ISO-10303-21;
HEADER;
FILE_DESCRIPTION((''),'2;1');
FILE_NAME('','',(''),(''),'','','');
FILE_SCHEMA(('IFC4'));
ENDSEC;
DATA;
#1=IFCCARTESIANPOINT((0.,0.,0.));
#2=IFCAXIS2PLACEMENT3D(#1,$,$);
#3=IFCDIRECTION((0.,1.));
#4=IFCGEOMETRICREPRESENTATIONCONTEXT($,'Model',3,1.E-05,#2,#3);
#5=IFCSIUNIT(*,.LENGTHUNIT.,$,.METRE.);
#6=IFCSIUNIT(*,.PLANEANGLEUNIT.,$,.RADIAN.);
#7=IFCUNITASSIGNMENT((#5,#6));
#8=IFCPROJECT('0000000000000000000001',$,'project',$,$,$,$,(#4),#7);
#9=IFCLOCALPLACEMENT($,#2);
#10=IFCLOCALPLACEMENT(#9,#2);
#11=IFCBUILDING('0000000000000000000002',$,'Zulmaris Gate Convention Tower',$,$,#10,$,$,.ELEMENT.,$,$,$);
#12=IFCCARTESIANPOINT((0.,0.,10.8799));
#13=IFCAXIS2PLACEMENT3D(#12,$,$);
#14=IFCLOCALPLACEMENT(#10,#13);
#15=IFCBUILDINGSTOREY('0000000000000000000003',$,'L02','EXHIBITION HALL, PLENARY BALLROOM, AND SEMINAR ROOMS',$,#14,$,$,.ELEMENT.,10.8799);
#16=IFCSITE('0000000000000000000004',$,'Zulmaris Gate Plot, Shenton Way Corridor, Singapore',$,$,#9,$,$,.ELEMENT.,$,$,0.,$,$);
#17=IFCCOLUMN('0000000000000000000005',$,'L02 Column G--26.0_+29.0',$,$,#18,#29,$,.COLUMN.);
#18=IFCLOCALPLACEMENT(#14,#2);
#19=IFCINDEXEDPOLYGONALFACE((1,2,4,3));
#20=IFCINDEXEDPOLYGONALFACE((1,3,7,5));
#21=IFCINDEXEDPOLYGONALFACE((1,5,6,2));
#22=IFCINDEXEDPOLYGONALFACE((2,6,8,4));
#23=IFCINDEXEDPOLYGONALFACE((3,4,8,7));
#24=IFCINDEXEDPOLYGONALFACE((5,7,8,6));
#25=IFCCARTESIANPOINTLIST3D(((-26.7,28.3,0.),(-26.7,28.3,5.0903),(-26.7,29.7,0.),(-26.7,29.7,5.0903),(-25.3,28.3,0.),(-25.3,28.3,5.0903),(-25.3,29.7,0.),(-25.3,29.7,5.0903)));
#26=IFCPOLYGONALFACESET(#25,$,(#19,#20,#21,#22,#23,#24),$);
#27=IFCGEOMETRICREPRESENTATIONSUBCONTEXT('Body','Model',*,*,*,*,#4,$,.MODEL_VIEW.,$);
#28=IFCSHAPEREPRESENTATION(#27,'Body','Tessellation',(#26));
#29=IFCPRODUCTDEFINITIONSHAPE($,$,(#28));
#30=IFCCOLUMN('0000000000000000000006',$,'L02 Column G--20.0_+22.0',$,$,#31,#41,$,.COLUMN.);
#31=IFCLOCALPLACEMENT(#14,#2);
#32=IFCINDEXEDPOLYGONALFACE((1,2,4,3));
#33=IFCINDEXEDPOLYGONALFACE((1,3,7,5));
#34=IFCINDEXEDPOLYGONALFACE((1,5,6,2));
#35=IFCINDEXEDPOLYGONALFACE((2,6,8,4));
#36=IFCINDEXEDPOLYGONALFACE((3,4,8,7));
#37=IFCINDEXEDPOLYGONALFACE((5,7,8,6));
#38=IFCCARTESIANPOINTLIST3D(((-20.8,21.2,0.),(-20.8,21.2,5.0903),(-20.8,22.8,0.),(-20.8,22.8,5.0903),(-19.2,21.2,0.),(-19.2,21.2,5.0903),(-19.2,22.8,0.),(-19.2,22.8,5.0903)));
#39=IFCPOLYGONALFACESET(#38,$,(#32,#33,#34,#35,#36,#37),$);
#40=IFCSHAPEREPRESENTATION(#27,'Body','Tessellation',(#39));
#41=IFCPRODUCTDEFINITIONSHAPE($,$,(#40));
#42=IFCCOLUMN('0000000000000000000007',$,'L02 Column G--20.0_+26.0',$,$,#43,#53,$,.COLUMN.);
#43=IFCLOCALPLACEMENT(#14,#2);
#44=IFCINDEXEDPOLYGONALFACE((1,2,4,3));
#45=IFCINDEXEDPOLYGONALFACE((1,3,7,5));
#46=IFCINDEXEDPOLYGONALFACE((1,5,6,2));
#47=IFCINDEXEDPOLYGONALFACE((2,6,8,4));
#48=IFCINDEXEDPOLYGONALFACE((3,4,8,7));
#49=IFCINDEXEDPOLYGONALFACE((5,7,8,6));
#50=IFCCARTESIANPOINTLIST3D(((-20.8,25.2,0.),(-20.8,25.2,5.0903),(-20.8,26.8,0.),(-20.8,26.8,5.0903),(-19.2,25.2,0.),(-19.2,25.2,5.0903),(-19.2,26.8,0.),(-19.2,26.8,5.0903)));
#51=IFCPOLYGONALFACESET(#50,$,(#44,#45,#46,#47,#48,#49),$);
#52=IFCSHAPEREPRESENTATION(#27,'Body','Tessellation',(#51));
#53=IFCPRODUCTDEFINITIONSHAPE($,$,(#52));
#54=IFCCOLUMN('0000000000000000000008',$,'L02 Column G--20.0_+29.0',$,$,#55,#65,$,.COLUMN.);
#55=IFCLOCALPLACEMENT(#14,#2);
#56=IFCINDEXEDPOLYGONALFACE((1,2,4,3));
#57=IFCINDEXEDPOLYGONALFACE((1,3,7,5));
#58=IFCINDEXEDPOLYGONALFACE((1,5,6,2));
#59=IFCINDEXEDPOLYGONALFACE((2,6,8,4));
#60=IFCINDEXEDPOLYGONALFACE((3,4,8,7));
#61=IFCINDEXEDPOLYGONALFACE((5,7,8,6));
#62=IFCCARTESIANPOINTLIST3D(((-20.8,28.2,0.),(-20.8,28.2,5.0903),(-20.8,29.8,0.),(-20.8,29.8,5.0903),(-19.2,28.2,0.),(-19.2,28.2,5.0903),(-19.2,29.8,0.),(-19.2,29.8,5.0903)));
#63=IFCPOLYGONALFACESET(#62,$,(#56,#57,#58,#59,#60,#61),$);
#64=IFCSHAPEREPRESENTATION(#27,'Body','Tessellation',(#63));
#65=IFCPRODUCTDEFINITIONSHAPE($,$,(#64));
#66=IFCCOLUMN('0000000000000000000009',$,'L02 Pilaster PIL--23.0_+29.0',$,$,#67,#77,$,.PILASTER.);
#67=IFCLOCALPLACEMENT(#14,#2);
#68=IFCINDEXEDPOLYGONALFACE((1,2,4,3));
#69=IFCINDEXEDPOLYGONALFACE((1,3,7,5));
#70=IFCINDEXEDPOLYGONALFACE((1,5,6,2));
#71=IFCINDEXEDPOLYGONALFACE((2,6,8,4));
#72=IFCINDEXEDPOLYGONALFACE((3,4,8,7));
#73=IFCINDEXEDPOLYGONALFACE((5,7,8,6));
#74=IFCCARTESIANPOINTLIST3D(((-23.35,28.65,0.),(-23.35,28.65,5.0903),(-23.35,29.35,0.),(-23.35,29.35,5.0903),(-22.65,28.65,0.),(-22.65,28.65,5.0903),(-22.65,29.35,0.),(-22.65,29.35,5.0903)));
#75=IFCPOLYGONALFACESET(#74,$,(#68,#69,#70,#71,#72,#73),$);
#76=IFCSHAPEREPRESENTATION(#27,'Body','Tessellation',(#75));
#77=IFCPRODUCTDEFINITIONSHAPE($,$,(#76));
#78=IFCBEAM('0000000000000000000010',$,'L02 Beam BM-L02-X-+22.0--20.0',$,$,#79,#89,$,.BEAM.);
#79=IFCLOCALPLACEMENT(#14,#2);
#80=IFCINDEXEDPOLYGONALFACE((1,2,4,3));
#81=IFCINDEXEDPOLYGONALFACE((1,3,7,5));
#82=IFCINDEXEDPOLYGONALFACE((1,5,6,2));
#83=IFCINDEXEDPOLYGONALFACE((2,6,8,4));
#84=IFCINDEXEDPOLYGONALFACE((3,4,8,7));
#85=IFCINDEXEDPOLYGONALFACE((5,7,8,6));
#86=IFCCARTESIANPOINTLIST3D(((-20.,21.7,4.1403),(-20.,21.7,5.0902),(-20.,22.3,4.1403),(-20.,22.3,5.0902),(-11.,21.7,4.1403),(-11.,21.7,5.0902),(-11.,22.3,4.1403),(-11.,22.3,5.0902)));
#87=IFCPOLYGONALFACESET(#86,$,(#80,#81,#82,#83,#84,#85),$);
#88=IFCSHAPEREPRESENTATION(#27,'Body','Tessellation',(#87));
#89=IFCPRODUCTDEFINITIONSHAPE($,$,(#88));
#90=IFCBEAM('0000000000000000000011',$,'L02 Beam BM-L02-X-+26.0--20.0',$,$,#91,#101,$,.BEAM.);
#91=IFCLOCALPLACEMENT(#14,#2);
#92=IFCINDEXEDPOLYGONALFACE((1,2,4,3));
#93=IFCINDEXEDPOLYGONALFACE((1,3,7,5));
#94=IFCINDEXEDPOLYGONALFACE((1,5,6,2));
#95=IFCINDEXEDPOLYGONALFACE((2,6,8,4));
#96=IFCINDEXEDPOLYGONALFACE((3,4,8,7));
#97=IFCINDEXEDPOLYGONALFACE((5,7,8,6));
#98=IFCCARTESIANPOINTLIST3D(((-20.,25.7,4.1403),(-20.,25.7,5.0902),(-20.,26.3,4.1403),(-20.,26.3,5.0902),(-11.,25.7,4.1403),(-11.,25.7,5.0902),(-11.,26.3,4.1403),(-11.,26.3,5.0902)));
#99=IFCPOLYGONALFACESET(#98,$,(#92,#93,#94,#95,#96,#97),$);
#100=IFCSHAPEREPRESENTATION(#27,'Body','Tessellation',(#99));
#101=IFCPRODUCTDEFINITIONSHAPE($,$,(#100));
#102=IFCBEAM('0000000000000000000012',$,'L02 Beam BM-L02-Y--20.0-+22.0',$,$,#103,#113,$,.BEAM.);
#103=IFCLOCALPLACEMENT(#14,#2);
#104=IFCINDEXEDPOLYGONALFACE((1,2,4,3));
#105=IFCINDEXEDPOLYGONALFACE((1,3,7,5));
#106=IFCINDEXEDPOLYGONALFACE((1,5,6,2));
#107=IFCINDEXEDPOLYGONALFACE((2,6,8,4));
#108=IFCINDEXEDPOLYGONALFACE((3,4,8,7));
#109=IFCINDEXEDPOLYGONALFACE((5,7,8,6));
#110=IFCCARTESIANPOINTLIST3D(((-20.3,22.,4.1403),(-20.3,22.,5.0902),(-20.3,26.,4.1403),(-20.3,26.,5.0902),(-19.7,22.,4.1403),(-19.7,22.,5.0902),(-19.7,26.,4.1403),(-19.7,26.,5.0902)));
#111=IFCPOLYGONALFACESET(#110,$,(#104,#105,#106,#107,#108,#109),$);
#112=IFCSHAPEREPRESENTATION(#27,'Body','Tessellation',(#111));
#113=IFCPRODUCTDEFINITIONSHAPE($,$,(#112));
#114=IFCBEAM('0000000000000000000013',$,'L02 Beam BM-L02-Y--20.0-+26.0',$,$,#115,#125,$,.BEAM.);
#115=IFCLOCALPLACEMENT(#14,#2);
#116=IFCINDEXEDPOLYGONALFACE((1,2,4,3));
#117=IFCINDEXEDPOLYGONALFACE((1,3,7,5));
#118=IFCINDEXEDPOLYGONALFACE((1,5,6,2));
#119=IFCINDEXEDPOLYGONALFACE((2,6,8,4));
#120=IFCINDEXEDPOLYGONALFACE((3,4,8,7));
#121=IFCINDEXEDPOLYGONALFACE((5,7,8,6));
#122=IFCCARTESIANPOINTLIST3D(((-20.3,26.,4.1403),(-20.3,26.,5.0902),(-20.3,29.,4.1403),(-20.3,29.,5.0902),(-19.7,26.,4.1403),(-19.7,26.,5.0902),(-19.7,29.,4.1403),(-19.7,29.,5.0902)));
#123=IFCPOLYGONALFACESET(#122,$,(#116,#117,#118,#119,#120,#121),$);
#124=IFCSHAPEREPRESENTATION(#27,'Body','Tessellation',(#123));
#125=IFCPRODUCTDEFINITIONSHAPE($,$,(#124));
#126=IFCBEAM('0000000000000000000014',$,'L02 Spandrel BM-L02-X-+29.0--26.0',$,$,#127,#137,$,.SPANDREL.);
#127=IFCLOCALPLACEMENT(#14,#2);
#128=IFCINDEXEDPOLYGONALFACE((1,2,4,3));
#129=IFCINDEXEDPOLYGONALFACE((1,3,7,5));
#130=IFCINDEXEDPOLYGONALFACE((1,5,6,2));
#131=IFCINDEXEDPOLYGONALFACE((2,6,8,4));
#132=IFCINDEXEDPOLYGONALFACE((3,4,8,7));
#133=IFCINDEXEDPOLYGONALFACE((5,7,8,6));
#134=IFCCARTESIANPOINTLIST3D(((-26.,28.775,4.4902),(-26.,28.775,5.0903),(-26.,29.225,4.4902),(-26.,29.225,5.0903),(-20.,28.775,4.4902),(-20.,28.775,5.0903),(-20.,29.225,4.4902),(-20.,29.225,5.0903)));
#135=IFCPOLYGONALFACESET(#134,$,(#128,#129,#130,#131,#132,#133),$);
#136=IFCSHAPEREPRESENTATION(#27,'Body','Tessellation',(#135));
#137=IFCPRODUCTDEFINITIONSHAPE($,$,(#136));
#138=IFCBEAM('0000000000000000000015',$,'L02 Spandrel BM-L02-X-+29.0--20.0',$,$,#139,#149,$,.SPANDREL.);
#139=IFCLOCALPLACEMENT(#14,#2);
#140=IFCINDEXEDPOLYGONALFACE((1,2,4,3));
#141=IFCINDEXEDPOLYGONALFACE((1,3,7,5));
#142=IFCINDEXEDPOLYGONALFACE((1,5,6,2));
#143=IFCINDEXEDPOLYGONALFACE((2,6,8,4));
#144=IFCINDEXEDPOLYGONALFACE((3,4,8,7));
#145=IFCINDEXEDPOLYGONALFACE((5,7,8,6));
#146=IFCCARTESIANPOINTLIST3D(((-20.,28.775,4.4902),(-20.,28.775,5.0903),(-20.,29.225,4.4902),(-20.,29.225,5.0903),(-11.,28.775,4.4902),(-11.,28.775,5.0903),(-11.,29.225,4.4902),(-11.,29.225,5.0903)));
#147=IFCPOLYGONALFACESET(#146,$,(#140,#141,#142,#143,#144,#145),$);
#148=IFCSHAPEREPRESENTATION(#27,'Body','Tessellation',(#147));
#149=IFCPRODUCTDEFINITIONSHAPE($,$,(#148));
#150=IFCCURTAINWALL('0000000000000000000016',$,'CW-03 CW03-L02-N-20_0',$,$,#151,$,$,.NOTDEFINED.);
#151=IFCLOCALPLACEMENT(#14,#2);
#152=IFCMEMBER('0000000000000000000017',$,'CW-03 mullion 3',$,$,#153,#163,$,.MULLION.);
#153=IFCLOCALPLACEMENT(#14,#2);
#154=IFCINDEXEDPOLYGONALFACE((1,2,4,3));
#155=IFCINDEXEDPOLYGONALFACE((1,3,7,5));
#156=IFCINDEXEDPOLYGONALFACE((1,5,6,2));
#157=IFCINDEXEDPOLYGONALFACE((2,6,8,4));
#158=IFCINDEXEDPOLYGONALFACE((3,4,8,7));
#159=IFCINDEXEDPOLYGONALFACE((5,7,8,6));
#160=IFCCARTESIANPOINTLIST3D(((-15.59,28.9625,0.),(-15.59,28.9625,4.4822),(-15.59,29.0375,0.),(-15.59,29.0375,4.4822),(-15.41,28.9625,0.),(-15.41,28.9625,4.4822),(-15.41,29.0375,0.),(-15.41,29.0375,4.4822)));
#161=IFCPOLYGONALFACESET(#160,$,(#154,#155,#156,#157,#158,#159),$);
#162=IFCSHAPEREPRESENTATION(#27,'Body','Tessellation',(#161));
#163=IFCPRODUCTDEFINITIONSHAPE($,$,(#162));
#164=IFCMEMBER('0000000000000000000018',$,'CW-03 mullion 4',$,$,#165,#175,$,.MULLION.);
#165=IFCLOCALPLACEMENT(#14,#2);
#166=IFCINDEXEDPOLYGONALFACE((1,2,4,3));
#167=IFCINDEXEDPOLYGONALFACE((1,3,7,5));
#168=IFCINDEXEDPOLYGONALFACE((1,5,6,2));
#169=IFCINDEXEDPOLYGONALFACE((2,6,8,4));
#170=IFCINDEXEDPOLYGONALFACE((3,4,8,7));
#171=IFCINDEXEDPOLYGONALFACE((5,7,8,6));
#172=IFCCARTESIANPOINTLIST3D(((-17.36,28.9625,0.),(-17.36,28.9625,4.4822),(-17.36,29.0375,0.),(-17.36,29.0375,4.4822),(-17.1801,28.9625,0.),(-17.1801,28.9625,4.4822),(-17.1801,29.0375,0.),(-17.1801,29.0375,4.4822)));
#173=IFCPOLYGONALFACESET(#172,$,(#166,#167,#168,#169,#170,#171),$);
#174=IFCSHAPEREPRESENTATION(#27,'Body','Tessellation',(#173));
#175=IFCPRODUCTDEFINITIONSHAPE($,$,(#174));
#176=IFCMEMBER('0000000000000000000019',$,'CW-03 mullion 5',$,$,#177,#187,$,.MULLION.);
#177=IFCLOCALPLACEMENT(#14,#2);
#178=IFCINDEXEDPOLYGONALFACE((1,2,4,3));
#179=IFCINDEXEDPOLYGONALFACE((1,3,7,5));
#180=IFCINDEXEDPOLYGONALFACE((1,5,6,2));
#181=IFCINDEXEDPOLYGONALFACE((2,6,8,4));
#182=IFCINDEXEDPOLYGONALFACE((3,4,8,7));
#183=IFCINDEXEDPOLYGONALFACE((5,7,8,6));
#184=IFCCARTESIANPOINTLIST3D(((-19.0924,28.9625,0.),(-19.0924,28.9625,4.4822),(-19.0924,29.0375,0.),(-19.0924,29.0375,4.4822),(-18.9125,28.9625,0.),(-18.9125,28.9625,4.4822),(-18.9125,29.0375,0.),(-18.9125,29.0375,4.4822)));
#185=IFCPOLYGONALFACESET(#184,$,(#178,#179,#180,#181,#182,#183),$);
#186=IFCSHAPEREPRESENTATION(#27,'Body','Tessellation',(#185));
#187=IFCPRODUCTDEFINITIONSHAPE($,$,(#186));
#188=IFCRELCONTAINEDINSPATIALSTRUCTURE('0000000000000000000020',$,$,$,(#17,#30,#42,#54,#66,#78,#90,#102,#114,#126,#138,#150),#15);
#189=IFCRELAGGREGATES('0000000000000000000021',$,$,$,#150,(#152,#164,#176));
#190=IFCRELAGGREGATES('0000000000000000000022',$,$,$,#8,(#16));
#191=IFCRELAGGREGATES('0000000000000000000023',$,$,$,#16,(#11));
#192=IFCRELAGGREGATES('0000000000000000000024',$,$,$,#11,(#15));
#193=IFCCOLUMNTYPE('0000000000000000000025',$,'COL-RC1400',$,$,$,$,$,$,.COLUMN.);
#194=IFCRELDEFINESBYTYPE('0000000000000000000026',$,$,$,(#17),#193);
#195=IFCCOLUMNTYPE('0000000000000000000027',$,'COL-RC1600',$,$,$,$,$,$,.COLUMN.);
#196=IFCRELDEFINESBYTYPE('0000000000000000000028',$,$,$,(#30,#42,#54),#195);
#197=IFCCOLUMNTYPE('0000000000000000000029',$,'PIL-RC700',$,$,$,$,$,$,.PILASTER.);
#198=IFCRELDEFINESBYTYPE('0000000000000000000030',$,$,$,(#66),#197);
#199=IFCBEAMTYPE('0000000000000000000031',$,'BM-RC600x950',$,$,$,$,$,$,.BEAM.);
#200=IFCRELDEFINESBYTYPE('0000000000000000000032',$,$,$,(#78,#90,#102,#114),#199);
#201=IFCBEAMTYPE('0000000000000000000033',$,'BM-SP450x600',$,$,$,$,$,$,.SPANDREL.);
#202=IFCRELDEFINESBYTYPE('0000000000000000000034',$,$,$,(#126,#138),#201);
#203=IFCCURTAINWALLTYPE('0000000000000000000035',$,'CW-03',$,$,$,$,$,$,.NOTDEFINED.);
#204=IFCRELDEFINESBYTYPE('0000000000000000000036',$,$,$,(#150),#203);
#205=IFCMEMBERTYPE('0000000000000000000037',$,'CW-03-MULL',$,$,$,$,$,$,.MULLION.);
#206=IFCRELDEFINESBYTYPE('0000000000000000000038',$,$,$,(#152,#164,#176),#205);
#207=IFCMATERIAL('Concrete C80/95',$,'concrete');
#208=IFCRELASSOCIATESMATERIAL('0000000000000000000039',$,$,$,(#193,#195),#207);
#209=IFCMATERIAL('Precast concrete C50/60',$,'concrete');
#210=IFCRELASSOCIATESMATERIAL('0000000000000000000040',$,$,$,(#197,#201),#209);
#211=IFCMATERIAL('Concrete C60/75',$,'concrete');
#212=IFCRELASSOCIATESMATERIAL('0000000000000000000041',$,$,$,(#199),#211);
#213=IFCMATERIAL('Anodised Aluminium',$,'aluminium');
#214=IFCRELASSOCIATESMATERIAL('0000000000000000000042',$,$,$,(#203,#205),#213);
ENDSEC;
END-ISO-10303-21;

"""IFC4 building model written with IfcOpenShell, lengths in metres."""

from ifc_helpers import new_model, si_unit, direction, frame, origin, origin_2d, place, context, subcontext, project, spatial, rectangle, extrude, material, material_profile, profile_set, type_object, element, aggregate, save


model = new_model("IFC4")

# Units and contexts
model_context = context("Model", 3, precision=1e-05, world=origin(), true_north=direction((0.0, 1.0)))
body_context = subcontext(model_context, "Body", "Model", "MODEL_VIEW")
ifc_project = project(units=[si_unit("LENGTHUNIT", "METRE"), si_unit("PLANEANGLEUNIT", "RADIAN")], contexts=[model_context])

# Site, building, storey
site_placement = place(None, origin())
site = spatial("IfcSite", under=ifc_project, at=site_placement, Name="Zulmaris Gate Plot, Shenton Way Corridor, Singapore", CompositionType="ELEMENT", RefElevation=0.0)
building_placement = place(site_placement, origin())
building = spatial("IfcBuilding", under=site, at=building_placement, Name="Zulmaris Gate Convention Tower", CompositionType="ELEMENT")
storey_placement = place(building_placement, frame((0.0, 0.0, 10.8799)))
storey = spatial("IfcBuildingStorey", under=building, at=storey_placement, Name="L02", Description="EXHIBITION HALL, PLENARY BALLROOM, AND SEMINAR ROOMS", CompositionType="ELEMENT", Elevation=10.8799)

# Columns
ifc_material_1 = material(Name="Concrete C80/95", Category="concrete")
ifc_material_profile_1 = material_profile(ifc_material_1, rectangle(XDim=1.3999, YDim=1.3999, at=origin_2d()), Name="RC COL 1400x1400")
ifc_profile_set_1 = profile_set([ifc_material_profile_1], Name="Concrete C80/95")
column_type_1 = type_object("IfcColumnType", Name="COL-RC1400", PredefinedType="COLUMN", material=ifc_profile_set_1)
column_1_placement = place(storey_placement, frame((-26.0, 29.0, 0.0), z_axis=(0.0, 0.0, 1.0), x_axis=(1.0, 0.0, 0.0)))
element("IfcColumn", 1, at=column_1_placement, inside=storey, type_object=column_type_1, Name="L02 Column G--26.0_+29.0", PredefinedType="COLUMN", context=body_context, shape_type="SweptSolid", body=[
    extrude(rectangle(XDim=1.3999, YDim=1.3999, at=origin_2d()), origin(), (0.0, 0.0, 1.0), 5.0903),
])
ifc_material_profile_2 = material_profile(ifc_material_1, rectangle(XDim=1.6001, YDim=1.6001, at=origin_2d()), Name="RC COL 1600x1600")
ifc_profile_set_2 = profile_set([ifc_material_profile_2], Name="Concrete C80/95")
column_type_2 = type_object("IfcColumnType", Name="COL-RC1600", PredefinedType="COLUMN", material=ifc_profile_set_2)
for number, where, z_axis, x_axis, name in (
    (2, (-20.0, 22.0, 0.0), (0.0, 0.0, 1.0), (1.0, 0.0, 0.0), "L02 Column G--20.0_+22.0"),
    (3, (-20.0, 26.0, 0.0), (0.0, 0.0, 1.0), (1.0, 0.0, 0.0), "L02 Column G--20.0_+26.0"),
    (4, (-20.0, 29.0, 0.0), (0.0, 0.0, 1.0), (1.0, 0.0, 0.0), "L02 Column G--20.0_+29.0"),
):
    element("IfcColumn", number, at=place(storey_placement, frame(where, z_axis=z_axis, x_axis=x_axis)), inside=storey, type_object=column_type_2, Name=name, PredefinedType="COLUMN", context=body_context, shape_type="SweptSolid", body=[
        extrude(rectangle(XDim=1.6001, YDim=1.6001, at=origin_2d()), origin(), (0.0, 0.0, 1.0), 5.0903),
    ])
ifc_material_2 = material(Name="Precast concrete C50/60", Category="concrete")
ifc_material_profile_3 = material_profile(ifc_material_2, rectangle(XDim=0.7, YDim=0.7, at=origin_2d()), Name="RC COL 700x700")
ifc_profile_set_3 = profile_set([ifc_material_profile_3], Name="Precast concrete C50/60")
column_type_3 = type_object("IfcColumnType", Name="PIL-RC700", PredefinedType="PILASTER", material=ifc_profile_set_3)
column_2_placement = place(storey_placement, frame((-23.0, 29.0, 0.0), z_axis=(0.0, 0.0, 1.0), x_axis=(1.0, 0.0, 0.0)))
element("IfcColumn", 5, at=column_2_placement, inside=storey, type_object=column_type_3, Name="L02 Pilaster PIL--23.0_+29.0", PredefinedType="PILASTER", context=body_context, shape_type="SweptSolid", body=[
    extrude(rectangle(XDim=0.7, YDim=0.7, at=origin_2d()), origin(), (0.0, 0.0, 1.0), 5.0903),
])

# Beams
ifc_material_3 = material(Name="Concrete C60/75", Category="concrete")
ifc_material_profile_4 = material_profile(ifc_material_3, rectangle(XDim=0.6001, YDim=0.95, at=origin_2d()), Name="RC BEAM 600x950")
ifc_profile_set_4 = profile_set([ifc_material_profile_4], Name="Concrete C60/75")
beam_type_1 = type_object("IfcBeamType", Name="BM-RC600x950", PredefinedType="BEAM", material=ifc_profile_set_4)
for number, where, z_axis, x_axis, name in (
    (6, (-20.0, 22.0, 4.6152), (1.0, 0.0, 0.0), (0.0, 1.0, 0.0), "L02 Beam BM-L02-X-+22.0--20.0"),
    (7, (-20.0, 26.0, 4.6152), (1.0, 0.0, 0.0), (0.0, 1.0, 0.0), "L02 Beam BM-L02-X-+26.0--20.0"),
):
    element("IfcBeam", number, at=place(storey_placement, frame(where, z_axis=z_axis, x_axis=x_axis)), inside=storey, type_object=beam_type_1, Name=name, PredefinedType="BEAM", context=body_context, shape_type="SweptSolid", body=[
        extrude(rectangle(XDim=0.6001, YDim=0.95, at=origin_2d()), origin(), (0.0, 0.0, 1.0), 9.0),
    ])
beam_1_placement = place(storey_placement, frame((-20.0, 22.0, 4.6152), z_axis=(0.0, 1.0, 0.0), x_axis=(-1.0, 0.0, 0.0)))
element("IfcBeam", 8, at=beam_1_placement, inside=storey, type_object=beam_type_1, Name="L02 Beam BM-L02-Y--20.0-+22.0", PredefinedType="BEAM", context=body_context, shape_type="SweptSolid", body=[
    extrude(rectangle(XDim=0.6001, YDim=0.95, at=origin_2d()), origin(), (0.0, 0.0, 1.0), 4.0),
])
beam_2_placement = place(storey_placement, frame((-20.0, 26.0, 4.6152), z_axis=(0.0, 1.0, 0.0), x_axis=(-1.0, 0.0, 0.0)))
element("IfcBeam", 9, at=beam_2_placement, inside=storey, type_object=beam_type_1, Name="L02 Beam BM-L02-Y--20.0-+26.0", PredefinedType="BEAM", context=body_context, shape_type="SweptSolid", body=[
    extrude(rectangle(XDim=0.6001, YDim=0.95, at=origin_2d()), origin(), (0.0, 0.0, 1.0), 3.0),
])
ifc_material_profile_5 = material_profile(ifc_material_2, rectangle(XDim=0.45, YDim=0.6001, at=origin_2d()), Name="RC SPANDREL 450x600")
ifc_profile_set_5 = profile_set([ifc_material_profile_5], Name="Precast concrete C50/60")
beam_type_2 = type_object("IfcBeamType", Name="BM-SP450x600", PredefinedType="SPANDREL", material=ifc_profile_set_5)
beam_3_placement = place(storey_placement, frame((-26.0, 29.0, 4.7903), z_axis=(1.0, 0.0, 0.0), x_axis=(0.0, 1.0, 0.0)))
element("IfcBeam", 10, at=beam_3_placement, inside=storey, type_object=beam_type_2, Name="L02 Spandrel BM-L02-X-+29.0--26.0", PredefinedType="SPANDREL", context=body_context, shape_type="SweptSolid", body=[
    extrude(rectangle(XDim=0.45, YDim=0.6001, at=origin_2d()), origin(), (0.0, 0.0, 1.0), 6.0),
])
beam_4_placement = place(storey_placement, frame((-20.0, 29.0, 4.7903), z_axis=(1.0, 0.0, 0.0), x_axis=(0.0, 1.0, 0.0)))
element("IfcBeam", 11, at=beam_4_placement, inside=storey, type_object=beam_type_2, Name="L02 Spandrel BM-L02-X-+29.0--20.0", PredefinedType="SPANDREL", context=body_context, shape_type="SweptSolid", body=[
    extrude(rectangle(XDim=0.45, YDim=0.6001, at=origin_2d()), origin(), (0.0, 0.0, 1.0), 9.0),
])

# Curtain wall, members
ifc_material_4 = material(Name="Anodised Aluminium", Category="aluminium")
curtain_wall_type = type_object("IfcCurtainWallType", Name="CW-03", PredefinedType="NOTDEFINED", material=ifc_material_4)
curtain_wall_placement = place(storey_placement, origin())
curtain_wall = element("IfcCurtainWall", 12, at=curtain_wall_placement, inside=storey, type_object=curtain_wall_type, Name="CW-03 CW03-L02-N-20_0", PredefinedType="NOTDEFINED")
ifc_material_profile_6 = material_profile(ifc_material_4, rectangle(XDim=0.075, YDim=0.1799, at=origin_2d()), Name="ALU MULLION 75x180")
ifc_profile_set_6 = profile_set([ifc_material_profile_6], Name="Anodised Aluminium")
member_type_1 = type_object("IfcMemberType", Name="CW-03-MULL", PredefinedType="MULLION", material=ifc_profile_set_6)
member_1_placement = place(storey_placement, frame((-15.5, 29.0, 0.0), z_axis=(0.0, 0.0, 1.0), x_axis=(0.0, -1.0, 0.0)))
member_1 = element("IfcMember", 13, at=member_1_placement, type_object=member_type_1, Name="CW-03 mullion 3", PredefinedType="MULLION", context=body_context, shape_type="SweptSolid", body=[
    extrude(rectangle(XDim=0.075, YDim=0.1799, at=origin_2d()), origin(), (0.0, 0.0, 1.0), 4.4822),
])
member_2_placement = place(storey_placement, frame((-17.27, 29.0, 0.0), z_axis=(0.0, 0.0, 1.0), x_axis=(0.0, -1.0, 0.0)))
member_2 = element("IfcMember", 14, at=member_2_placement, type_object=member_type_1, Name="CW-03 mullion 4", PredefinedType="MULLION", context=body_context, shape_type="SweptSolid", body=[
    extrude(rectangle(XDim=0.075, YDim=0.1799, at=origin_2d()), origin(), (0.0, 0.0, 1.0), 4.4822),
])
member_3_placement = place(storey_placement, frame((-19.0024, 29.0, 0.0), z_axis=(0.0, 0.0, 1.0), x_axis=(0.0, -1.0, 0.0)))
member_3 = element("IfcMember", 15, at=member_3_placement, type_object=member_type_1, Name="CW-03 mullion 5", PredefinedType="MULLION", context=body_context, shape_type="SweptSolid", body=[
    extrude(rectangle(XDim=0.075, YDim=0.1799, at=origin_2d()), origin(), (0.0, 0.0, 1.0), 4.4822),
])
aggregate(curtain_wall, [member_1, member_2, member_3])

save(model, "model.ifc")
